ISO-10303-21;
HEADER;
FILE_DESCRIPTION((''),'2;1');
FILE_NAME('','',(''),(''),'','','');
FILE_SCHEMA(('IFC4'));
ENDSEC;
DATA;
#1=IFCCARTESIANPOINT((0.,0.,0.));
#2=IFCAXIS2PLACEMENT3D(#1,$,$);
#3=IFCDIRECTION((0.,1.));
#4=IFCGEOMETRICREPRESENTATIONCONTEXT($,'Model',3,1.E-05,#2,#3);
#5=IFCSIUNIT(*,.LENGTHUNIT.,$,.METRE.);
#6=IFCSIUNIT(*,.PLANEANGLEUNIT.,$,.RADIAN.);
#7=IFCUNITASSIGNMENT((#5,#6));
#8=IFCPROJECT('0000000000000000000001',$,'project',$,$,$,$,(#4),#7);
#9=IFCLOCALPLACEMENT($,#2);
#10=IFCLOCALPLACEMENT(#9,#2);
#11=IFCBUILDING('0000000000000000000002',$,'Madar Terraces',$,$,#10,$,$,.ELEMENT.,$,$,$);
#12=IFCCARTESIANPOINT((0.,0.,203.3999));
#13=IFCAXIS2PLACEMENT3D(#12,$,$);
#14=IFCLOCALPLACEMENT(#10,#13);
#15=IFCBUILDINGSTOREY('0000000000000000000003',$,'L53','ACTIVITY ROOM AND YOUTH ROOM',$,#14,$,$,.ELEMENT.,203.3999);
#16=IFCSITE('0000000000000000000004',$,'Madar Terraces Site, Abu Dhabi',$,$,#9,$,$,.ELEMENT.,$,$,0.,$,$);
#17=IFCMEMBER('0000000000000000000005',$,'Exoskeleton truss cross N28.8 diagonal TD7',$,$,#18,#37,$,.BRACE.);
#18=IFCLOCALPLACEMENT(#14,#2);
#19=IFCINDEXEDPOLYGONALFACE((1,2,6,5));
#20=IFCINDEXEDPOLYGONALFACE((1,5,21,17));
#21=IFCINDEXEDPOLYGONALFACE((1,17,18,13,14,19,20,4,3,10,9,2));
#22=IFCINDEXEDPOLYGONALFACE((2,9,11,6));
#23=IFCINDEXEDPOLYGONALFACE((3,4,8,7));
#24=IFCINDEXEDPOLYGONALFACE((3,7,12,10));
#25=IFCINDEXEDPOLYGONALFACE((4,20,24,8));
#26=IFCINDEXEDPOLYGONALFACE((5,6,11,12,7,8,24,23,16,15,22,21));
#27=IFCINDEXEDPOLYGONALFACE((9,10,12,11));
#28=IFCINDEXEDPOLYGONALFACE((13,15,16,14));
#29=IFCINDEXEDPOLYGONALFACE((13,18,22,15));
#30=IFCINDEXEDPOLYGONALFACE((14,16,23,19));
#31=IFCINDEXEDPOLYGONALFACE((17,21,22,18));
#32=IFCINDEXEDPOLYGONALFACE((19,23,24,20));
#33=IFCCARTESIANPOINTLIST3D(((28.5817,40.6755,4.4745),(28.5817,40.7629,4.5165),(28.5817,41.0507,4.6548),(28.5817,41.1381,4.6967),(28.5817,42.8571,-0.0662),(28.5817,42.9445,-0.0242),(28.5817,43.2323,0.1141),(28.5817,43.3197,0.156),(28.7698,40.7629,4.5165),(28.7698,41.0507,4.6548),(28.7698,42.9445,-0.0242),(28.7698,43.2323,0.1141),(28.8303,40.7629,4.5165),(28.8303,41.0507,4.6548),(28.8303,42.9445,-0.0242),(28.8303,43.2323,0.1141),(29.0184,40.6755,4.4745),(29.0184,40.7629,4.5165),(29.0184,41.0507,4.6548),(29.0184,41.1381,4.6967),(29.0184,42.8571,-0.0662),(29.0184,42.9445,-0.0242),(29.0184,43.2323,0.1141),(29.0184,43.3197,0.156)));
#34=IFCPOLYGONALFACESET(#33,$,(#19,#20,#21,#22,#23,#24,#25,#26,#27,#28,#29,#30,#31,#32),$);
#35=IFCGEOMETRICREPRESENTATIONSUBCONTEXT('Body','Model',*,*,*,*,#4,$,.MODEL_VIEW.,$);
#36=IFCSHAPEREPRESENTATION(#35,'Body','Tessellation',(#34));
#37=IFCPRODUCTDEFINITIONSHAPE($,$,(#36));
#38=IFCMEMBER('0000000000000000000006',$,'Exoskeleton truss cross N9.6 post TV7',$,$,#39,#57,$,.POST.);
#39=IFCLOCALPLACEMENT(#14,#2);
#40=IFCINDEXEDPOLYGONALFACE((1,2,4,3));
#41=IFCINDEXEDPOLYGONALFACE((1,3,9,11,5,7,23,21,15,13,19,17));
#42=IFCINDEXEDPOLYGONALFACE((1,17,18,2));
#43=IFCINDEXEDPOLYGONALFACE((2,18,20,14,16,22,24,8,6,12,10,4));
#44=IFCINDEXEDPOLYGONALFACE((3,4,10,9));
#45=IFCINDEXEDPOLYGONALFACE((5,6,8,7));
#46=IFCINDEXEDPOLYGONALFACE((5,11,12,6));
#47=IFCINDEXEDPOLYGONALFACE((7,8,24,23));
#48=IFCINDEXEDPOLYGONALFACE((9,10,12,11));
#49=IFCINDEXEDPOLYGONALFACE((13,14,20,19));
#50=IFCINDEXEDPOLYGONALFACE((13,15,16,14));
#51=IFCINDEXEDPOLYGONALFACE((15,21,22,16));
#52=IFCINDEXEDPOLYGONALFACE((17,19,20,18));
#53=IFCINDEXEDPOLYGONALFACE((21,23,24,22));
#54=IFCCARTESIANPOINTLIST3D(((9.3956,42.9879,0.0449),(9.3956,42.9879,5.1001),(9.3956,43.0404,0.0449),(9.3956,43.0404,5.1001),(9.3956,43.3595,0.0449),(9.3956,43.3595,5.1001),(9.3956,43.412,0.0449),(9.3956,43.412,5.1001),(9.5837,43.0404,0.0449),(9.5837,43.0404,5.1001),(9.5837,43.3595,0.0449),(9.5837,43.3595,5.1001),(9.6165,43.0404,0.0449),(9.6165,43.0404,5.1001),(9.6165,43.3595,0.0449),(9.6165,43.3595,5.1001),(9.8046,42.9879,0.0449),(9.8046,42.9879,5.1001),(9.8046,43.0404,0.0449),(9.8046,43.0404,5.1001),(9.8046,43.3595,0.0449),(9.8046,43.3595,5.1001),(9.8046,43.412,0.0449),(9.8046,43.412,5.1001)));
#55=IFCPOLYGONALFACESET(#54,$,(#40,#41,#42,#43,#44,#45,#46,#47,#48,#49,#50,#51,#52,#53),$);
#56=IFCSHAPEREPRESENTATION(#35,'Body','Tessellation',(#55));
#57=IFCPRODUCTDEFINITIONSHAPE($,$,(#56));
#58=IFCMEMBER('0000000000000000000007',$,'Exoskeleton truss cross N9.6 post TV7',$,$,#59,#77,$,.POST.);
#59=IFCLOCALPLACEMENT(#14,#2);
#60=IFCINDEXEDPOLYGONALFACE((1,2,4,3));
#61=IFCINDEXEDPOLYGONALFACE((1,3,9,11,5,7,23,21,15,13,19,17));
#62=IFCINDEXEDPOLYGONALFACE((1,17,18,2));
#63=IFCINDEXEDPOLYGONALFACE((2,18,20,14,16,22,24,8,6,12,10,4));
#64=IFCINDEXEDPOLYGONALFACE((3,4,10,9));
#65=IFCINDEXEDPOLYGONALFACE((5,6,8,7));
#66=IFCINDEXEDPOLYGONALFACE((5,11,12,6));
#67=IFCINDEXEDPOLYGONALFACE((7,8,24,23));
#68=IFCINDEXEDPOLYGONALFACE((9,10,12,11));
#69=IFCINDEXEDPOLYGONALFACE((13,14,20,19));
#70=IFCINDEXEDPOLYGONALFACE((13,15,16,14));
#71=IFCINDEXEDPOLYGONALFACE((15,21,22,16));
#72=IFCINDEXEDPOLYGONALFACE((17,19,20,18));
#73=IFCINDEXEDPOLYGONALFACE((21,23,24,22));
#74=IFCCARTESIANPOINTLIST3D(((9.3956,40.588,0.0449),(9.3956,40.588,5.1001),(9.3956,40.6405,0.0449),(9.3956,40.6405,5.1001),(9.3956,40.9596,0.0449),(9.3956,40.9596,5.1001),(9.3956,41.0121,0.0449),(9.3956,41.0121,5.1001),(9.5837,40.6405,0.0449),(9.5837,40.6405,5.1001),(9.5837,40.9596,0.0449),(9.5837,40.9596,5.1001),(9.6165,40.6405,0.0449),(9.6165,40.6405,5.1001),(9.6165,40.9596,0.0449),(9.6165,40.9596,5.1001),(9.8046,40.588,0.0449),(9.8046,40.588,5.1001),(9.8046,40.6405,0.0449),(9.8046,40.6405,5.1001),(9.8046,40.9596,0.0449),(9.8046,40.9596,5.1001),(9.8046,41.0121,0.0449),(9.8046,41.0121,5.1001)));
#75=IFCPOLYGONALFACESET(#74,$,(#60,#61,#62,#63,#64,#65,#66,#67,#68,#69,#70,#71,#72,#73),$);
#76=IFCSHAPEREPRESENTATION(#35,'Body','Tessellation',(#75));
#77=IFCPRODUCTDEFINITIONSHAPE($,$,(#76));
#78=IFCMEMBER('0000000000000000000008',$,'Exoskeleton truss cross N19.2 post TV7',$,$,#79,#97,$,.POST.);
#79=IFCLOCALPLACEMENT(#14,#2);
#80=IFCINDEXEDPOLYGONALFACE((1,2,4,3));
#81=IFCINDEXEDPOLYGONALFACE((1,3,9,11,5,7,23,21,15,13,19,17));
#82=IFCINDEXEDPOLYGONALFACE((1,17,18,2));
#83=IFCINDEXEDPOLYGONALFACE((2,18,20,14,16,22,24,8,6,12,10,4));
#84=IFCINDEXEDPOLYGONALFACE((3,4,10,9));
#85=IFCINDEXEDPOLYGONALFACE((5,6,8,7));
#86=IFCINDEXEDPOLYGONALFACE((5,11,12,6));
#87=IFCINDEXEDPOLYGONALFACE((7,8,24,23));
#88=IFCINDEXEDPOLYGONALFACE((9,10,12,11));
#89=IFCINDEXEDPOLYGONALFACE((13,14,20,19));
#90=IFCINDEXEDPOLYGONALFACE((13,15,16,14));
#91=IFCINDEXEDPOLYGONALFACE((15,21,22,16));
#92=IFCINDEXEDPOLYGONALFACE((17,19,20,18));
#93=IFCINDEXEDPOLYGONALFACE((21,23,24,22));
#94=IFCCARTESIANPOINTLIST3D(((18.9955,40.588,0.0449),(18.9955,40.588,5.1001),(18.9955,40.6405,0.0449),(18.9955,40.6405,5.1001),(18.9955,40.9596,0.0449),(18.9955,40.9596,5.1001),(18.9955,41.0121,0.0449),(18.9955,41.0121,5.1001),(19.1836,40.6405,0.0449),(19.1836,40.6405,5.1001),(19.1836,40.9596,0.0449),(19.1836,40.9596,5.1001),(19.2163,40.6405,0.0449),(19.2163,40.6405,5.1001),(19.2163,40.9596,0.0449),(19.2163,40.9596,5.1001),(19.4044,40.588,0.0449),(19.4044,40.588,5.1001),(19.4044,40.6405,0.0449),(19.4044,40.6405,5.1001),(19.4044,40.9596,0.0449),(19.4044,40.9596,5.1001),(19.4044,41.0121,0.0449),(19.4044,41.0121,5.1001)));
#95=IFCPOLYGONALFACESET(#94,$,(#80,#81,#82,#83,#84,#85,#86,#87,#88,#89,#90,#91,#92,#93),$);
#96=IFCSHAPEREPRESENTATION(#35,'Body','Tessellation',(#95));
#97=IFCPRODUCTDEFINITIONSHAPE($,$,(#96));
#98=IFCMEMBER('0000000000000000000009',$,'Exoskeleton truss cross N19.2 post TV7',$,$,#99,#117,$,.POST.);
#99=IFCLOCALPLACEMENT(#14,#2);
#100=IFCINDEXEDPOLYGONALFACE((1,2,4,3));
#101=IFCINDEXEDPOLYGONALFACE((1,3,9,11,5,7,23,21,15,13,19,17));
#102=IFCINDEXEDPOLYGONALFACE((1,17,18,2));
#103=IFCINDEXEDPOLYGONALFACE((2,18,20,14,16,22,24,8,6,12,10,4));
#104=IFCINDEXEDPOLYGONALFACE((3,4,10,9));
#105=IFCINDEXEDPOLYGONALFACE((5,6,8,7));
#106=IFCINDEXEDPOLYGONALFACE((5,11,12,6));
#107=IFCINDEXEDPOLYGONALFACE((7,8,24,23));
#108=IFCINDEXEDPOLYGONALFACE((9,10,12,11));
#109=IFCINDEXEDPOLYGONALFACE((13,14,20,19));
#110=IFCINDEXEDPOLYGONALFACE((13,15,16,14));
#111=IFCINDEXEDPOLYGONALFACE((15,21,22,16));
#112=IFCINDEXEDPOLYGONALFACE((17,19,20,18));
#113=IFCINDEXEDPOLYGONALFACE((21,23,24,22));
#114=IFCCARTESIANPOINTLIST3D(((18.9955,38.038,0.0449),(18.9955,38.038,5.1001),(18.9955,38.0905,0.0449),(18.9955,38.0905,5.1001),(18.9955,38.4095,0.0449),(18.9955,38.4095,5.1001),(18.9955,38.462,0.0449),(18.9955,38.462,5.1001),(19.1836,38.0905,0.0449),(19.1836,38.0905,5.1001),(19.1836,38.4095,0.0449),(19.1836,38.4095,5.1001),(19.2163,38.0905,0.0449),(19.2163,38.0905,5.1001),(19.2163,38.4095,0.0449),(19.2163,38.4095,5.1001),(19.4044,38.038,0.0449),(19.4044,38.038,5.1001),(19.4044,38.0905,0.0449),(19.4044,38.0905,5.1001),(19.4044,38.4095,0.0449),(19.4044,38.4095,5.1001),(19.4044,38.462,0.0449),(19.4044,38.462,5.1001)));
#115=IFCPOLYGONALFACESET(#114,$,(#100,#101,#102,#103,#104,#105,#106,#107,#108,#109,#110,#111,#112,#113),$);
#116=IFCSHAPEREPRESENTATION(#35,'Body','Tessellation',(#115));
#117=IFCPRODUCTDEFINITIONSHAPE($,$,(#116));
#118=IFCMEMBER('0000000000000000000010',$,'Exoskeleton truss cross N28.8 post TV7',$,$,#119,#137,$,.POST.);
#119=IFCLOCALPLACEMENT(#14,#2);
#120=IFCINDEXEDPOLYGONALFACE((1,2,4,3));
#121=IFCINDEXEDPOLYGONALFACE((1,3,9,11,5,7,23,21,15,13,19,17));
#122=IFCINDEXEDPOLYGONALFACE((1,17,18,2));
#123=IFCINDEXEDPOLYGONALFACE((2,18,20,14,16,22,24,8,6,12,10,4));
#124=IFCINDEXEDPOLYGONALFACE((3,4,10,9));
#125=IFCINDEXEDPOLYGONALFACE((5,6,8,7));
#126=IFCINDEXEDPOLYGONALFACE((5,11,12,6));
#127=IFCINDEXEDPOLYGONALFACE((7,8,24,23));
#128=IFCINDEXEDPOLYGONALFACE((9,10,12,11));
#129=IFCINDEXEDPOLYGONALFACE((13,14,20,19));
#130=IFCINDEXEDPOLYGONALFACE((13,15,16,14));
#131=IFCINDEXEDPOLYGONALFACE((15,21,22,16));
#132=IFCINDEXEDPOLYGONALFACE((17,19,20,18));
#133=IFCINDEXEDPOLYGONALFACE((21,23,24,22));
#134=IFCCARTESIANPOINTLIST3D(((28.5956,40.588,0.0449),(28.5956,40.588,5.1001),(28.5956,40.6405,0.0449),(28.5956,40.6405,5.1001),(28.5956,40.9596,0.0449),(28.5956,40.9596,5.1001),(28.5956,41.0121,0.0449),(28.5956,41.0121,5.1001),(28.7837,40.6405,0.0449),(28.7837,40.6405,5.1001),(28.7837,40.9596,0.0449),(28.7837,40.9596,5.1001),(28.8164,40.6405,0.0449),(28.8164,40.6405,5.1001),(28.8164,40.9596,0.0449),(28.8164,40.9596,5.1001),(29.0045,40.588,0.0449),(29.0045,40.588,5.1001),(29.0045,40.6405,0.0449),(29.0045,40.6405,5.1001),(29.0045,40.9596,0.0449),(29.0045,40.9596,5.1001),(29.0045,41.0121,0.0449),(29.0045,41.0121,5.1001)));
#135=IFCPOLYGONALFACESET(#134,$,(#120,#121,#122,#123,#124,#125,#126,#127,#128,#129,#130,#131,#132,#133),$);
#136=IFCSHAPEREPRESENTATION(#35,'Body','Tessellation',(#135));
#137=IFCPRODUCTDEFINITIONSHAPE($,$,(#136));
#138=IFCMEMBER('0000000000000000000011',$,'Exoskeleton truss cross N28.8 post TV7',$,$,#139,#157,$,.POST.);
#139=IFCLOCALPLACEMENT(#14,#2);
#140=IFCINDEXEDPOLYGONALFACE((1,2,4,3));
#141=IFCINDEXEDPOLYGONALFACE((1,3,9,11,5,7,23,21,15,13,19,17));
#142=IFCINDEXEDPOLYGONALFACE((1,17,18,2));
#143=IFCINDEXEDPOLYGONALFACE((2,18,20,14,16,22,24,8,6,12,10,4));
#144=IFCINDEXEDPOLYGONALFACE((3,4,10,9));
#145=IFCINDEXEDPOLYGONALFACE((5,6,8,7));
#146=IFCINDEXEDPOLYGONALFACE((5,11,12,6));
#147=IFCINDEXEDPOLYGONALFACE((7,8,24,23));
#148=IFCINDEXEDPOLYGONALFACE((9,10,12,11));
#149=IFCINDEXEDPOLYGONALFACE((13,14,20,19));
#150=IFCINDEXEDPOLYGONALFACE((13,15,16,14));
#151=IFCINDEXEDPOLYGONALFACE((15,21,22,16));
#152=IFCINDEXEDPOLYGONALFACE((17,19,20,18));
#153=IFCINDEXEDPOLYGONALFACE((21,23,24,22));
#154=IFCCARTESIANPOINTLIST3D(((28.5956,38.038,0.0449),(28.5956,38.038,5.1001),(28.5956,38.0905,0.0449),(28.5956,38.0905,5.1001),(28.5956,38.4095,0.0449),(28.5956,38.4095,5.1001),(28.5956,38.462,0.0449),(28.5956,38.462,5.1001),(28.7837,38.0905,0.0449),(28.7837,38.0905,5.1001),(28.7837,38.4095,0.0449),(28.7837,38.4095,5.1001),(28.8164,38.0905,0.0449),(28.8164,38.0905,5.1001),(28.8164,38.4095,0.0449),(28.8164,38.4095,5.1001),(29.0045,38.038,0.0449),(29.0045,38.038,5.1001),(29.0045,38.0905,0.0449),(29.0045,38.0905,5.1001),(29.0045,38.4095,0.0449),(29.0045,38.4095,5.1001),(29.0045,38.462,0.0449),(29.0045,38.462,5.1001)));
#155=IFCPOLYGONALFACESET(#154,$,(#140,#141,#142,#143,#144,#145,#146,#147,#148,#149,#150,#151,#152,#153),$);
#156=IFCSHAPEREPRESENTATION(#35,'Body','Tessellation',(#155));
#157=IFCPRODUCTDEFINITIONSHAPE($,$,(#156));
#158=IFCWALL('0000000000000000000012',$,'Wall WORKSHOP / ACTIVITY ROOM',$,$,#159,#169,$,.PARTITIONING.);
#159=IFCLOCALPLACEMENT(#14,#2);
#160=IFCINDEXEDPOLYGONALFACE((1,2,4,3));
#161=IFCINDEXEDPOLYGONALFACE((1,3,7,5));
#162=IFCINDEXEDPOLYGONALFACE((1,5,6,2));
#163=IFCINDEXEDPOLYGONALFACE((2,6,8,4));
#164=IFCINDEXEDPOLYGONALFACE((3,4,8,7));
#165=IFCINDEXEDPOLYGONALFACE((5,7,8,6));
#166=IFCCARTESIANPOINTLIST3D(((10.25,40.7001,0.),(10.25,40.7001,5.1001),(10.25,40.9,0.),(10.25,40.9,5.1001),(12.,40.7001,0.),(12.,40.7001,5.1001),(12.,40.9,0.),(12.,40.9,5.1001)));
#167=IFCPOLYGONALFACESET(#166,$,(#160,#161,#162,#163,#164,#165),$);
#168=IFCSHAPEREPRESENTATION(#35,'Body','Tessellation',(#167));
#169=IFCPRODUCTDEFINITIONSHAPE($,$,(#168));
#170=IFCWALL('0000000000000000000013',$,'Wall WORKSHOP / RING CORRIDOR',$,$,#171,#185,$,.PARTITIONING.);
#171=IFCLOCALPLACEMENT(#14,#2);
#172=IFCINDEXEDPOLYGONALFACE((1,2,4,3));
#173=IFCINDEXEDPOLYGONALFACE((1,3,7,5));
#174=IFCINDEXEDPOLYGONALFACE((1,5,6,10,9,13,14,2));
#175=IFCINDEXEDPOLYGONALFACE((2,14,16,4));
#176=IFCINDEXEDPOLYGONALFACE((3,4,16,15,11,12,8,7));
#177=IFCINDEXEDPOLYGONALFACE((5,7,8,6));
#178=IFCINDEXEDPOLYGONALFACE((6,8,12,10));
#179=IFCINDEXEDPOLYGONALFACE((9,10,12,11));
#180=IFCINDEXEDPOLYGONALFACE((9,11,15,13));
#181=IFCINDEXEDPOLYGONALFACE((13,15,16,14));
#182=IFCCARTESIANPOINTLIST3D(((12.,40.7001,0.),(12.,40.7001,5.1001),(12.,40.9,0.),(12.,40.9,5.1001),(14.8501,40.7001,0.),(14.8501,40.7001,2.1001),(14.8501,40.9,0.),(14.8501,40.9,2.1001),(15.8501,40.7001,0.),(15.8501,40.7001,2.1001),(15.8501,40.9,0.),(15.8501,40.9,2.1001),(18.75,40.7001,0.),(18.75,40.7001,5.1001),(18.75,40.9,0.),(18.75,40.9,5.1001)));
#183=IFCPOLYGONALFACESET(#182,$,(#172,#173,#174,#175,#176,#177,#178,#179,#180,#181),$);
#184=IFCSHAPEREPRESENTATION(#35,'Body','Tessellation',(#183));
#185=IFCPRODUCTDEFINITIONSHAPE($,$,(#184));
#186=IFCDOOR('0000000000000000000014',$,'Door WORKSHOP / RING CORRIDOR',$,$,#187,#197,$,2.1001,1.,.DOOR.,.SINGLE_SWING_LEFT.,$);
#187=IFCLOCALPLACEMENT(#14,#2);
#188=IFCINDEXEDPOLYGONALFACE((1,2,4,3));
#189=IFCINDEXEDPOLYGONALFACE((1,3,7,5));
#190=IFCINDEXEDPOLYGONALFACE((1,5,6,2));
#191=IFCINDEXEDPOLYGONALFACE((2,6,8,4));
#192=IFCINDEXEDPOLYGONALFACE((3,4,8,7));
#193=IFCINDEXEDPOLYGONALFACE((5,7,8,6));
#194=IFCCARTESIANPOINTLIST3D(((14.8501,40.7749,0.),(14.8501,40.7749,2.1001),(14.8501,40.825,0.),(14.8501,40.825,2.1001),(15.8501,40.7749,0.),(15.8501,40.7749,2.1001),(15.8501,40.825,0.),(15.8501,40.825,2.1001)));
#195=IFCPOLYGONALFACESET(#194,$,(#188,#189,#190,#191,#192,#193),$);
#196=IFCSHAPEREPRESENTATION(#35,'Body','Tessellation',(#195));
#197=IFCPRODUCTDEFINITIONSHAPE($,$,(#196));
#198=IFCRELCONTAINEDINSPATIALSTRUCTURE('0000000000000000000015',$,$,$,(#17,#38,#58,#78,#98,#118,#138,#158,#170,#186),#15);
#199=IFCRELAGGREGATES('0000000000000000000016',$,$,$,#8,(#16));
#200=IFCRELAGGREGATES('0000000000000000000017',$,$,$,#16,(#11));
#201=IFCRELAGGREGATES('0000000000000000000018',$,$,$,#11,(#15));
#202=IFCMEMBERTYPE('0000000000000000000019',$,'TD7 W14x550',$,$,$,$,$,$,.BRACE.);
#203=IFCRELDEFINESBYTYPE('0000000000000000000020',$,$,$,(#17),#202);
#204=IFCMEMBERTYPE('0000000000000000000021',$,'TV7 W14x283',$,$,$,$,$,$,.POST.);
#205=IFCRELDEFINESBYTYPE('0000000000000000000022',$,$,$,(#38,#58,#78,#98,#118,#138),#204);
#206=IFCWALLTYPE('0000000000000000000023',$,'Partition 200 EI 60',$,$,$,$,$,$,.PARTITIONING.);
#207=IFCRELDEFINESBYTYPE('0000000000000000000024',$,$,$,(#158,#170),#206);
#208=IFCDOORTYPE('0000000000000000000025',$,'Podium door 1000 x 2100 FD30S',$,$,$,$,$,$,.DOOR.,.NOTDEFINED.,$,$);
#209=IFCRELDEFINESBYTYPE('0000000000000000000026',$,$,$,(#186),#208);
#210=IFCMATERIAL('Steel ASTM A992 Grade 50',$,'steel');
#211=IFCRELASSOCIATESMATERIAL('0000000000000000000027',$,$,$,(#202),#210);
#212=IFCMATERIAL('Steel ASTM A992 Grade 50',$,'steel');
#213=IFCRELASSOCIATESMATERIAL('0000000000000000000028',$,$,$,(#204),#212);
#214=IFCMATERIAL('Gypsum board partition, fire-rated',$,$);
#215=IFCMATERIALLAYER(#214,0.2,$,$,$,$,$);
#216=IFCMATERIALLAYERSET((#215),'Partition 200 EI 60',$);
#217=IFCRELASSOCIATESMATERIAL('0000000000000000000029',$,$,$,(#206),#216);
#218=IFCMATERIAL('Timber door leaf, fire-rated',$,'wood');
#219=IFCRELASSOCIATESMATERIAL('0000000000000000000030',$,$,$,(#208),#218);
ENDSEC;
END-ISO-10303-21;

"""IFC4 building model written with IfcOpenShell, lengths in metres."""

from ifc_helpers import new_model, si_unit, direction, frame, frame_2d, origin, origin_2d, place, context, subcontext, project, spatial, rectangle, i_section, extrude, material, layer, layer_set, material_profile, profile_set, type_object, element, fill, save


model = new_model("IFC4")

# Units and contexts
model_context = context("Model", 3, precision=1e-05, world=origin(), true_north=direction((0.0, 1.0)))
body_context = subcontext(model_context, "Body", "Model", "MODEL_VIEW")
ifc_project = project(units=[si_unit("LENGTHUNIT", "METRE"), si_unit("PLANEANGLEUNIT", "RADIAN")], contexts=[model_context])

# Site, building, storey
site_placement = place(None, origin())
site = spatial("IfcSite", under=ifc_project, at=site_placement, Name="Madar Terraces Site, Abu Dhabi", CompositionType="ELEMENT", RefElevation=0.0)
building_placement = place(site_placement, origin())
building = spatial("IfcBuilding", under=site, at=building_placement, Name="Madar Terraces", CompositionType="ELEMENT")
storey_placement = place(building_placement, frame((0.0, 0.0, 203.3999)))
storey = spatial("IfcBuildingStorey", under=building, at=storey_placement, Name="L53", Description="ACTIVITY ROOM AND YOUTH ROOM", CompositionType="ELEMENT", Elevation=203.3999)

# Members
ifc_material_1 = material(Name="Steel ASTM A992 Grade 50", Category="steel")
ifc_material_profile_1 = material_profile(ifc_material_1, i_section(OverallWidth=0.4368, OverallDepth=0.5132, WebThickness=0.0605, FlangeThickness=0.0969, at=origin_2d()), Name="W14x550")
ifc_profile_set_1 = profile_set([ifc_material_profile_1], Name="Steel ASTM A992 Grade 50")
member_type_1 = type_object("IfcMemberType", Name="TD7 W14x550", PredefinedType="BRACE", material=ifc_profile_set_1)
for number, where, z_axis, x_axis, name in (
    (1, (28.8, 43.0884, 0.0449), (0.0, -0.433065, 0.901363), (1.0, 0.0, 0.0), "Exoskeleton truss cross N28.8 diagonal TD7"),
):
    element("IfcMember", number, at=place(storey_placement, frame(where, z_axis=z_axis, x_axis=x_axis)), inside=storey, type_object=member_type_1, Name=name, PredefinedType="BRACE", context=body_context, shape_type="SweptSolid", body=[
        extrude(i_section(OverallWidth=0.4368, OverallDepth=0.5132, WebThickness=0.0605, FlangeThickness=0.0969, at=origin_2d()), origin(), (0.0, 0.0, 1.0), 5.0376),
    ])
ifc_material_2 = material(Name="Steel ASTM A992 Grade 50", Category="steel")
ifc_material_profile_2 = material_profile(ifc_material_2, i_section(OverallWidth=0.4089, OverallDepth=0.4241, WebThickness=0.0327, FlangeThickness=0.0525, at=origin_2d()), Name="W14x283")
ifc_profile_set_2 = profile_set([ifc_material_profile_2], Name="Steel ASTM A992 Grade 50")
member_type_2 = type_object("IfcMemberType", Name="TV7 W14x283", PredefinedType="POST", material=ifc_profile_set_2)
for number, where, z_axis, x_axis, name in (
    (2, (9.6001, 43.2, 0.0449), (0.0, 0.0, 1.0), (-1.0, 0.0, 0.0), "Exoskeleton truss cross N9.6 post TV7"),
    (3, (9.6001, 40.8, 0.0449), (0.0, 0.0, 1.0), (-1.0, 0.0, 0.0), "Exoskeleton truss cross N9.6 post TV7"),
    (4, (19.2, 40.8, 0.0449), (0.0, 0.0, 1.0), (-1.0, 0.0, 0.0), "Exoskeleton truss cross N19.2 post TV7"),
    (5, (19.2, 38.25, 0.0449), (0.0, 0.0, 1.0), (-1.0, 0.0, 0.0), "Exoskeleton truss cross N19.2 post TV7"),
    (6, (28.8, 40.8, 0.0449), (0.0, 0.0, 1.0), (-1.0, 0.0, 0.0), "Exoskeleton truss cross N28.8 post TV7"),
    (7, (28.8, 38.25, 0.0449), (0.0, 0.0, 1.0), (-1.0, 0.0, 0.0), "Exoskeleton truss cross N28.8 post TV7"),
):
    element("IfcMember", number, at=place(storey_placement, frame(where, z_axis=z_axis, x_axis=x_axis)), inside=storey, type_object=member_type_2, Name=name, PredefinedType="POST", context=body_context, shape_type="SweptSolid", body=[
        extrude(i_section(OverallWidth=0.4089, OverallDepth=0.4241, WebThickness=0.0327, FlangeThickness=0.0525, at=origin_2d()), origin(), (0.0, 0.0, 1.0), 5.0552),
    ])

# Wall
ifc_material_3 = material(Name="Gypsum board partition, fire-rated")
ifc_layer_1 = layer(ifc_material_3, 0.2)
ifc_layer_set_1 = layer_set([ifc_layer_1], Name="Partition 200 EI 60")
wall_type_1 = type_object("IfcWallType", Name="Partition 200 EI 60", PredefinedType="PARTITIONING", material=ifc_layer_set_1)
wall_1_placement = place(storey_placement, frame((10.25, 40.8, 0.0), z_axis=(0.0, 0.0, 1.0), x_axis=(1.0, 0.0, 0.0)))
element("IfcWall", 8, at=wall_1_placement, inside=storey, type_object=wall_type_1, Name="Wall WORKSHOP / ACTIVITY ROOM", PredefinedType="PARTITIONING", context=body_context, shape_type="SweptSolid", body=[
    extrude(rectangle(XDim=1.75, YDim=0.2, at=frame_2d((0.875, 0.0))), origin(), (0.0, 0.0, 1.0), 5.1001),
])

# Wall, opening, door
wall_2_placement = place(storey_placement, frame((12.0, 40.8, 0.0), z_axis=(0.0, 0.0, 1.0), x_axis=(1.0, 0.0, 0.0)))
wall_2 = element("IfcWall", 9, at=wall_2_placement, inside=storey, type_object=wall_type_1, Name="Wall WORKSHOP / RING CORRIDOR", PredefinedType="PARTITIONING", context=body_context, shape_type="SweptSolid", body=[
    extrude(rectangle(XDim=6.75, YDim=0.2, at=frame_2d((3.375, 0.0))), origin(), (0.0, 0.0, 1.0), 5.1001),
])
opening_1_placement = place(wall_2_placement, frame((2.8501, 0.0, 0.0)))
opening_1 = element("IfcOpeningElement", 10, at=opening_1_placement, cuts=wall_2, PredefinedType="OPENING", context=body_context, shape_type="SweptSolid", body=[
    extrude(rectangle(XDim=1.0, YDim=2.1001, at=frame_2d((0.5, 1.05))), frame((0.0, 0.1099, 0.0), z_axis=(0.0, -1.0, 0.0), x_axis=(1.0, 0.0, 0.0)), (0.0, 0.0, 1.0), 0.22),
])
ifc_material_4 = material(Name="Timber door leaf, fire-rated", Category="wood")
door_type = type_object("IfcDoorType", Name="Podium door 1000 x 2100 FD30S", OperationType="NOTDEFINED", PredefinedType="DOOR", material=ifc_material_4)
door_1_placement = place(opening_1_placement, origin())
door_1 = element("IfcDoor", 11, at=door_1_placement, inside=storey, type_object=door_type, Name="Door WORKSHOP / RING CORRIDOR", OperationType="SINGLE_SWING_LEFT", OverallHeight=2.1001, OverallWidth=1.0, PredefinedType="DOOR", context=body_context, shape_type="SweptSolid", body=[
    extrude(rectangle(XDim=1.0, YDim=2.1001, at=frame_2d((0.5, 1.05))), frame((0.0, 0.0249, 0.0), z_axis=(0.0, -1.0, 0.0), x_axis=(1.0, 0.0, 0.0)), (0.0, 0.0, 1.0), 0.05),
])
fill(opening_1, door_1)

save(model, "model.ifc")
